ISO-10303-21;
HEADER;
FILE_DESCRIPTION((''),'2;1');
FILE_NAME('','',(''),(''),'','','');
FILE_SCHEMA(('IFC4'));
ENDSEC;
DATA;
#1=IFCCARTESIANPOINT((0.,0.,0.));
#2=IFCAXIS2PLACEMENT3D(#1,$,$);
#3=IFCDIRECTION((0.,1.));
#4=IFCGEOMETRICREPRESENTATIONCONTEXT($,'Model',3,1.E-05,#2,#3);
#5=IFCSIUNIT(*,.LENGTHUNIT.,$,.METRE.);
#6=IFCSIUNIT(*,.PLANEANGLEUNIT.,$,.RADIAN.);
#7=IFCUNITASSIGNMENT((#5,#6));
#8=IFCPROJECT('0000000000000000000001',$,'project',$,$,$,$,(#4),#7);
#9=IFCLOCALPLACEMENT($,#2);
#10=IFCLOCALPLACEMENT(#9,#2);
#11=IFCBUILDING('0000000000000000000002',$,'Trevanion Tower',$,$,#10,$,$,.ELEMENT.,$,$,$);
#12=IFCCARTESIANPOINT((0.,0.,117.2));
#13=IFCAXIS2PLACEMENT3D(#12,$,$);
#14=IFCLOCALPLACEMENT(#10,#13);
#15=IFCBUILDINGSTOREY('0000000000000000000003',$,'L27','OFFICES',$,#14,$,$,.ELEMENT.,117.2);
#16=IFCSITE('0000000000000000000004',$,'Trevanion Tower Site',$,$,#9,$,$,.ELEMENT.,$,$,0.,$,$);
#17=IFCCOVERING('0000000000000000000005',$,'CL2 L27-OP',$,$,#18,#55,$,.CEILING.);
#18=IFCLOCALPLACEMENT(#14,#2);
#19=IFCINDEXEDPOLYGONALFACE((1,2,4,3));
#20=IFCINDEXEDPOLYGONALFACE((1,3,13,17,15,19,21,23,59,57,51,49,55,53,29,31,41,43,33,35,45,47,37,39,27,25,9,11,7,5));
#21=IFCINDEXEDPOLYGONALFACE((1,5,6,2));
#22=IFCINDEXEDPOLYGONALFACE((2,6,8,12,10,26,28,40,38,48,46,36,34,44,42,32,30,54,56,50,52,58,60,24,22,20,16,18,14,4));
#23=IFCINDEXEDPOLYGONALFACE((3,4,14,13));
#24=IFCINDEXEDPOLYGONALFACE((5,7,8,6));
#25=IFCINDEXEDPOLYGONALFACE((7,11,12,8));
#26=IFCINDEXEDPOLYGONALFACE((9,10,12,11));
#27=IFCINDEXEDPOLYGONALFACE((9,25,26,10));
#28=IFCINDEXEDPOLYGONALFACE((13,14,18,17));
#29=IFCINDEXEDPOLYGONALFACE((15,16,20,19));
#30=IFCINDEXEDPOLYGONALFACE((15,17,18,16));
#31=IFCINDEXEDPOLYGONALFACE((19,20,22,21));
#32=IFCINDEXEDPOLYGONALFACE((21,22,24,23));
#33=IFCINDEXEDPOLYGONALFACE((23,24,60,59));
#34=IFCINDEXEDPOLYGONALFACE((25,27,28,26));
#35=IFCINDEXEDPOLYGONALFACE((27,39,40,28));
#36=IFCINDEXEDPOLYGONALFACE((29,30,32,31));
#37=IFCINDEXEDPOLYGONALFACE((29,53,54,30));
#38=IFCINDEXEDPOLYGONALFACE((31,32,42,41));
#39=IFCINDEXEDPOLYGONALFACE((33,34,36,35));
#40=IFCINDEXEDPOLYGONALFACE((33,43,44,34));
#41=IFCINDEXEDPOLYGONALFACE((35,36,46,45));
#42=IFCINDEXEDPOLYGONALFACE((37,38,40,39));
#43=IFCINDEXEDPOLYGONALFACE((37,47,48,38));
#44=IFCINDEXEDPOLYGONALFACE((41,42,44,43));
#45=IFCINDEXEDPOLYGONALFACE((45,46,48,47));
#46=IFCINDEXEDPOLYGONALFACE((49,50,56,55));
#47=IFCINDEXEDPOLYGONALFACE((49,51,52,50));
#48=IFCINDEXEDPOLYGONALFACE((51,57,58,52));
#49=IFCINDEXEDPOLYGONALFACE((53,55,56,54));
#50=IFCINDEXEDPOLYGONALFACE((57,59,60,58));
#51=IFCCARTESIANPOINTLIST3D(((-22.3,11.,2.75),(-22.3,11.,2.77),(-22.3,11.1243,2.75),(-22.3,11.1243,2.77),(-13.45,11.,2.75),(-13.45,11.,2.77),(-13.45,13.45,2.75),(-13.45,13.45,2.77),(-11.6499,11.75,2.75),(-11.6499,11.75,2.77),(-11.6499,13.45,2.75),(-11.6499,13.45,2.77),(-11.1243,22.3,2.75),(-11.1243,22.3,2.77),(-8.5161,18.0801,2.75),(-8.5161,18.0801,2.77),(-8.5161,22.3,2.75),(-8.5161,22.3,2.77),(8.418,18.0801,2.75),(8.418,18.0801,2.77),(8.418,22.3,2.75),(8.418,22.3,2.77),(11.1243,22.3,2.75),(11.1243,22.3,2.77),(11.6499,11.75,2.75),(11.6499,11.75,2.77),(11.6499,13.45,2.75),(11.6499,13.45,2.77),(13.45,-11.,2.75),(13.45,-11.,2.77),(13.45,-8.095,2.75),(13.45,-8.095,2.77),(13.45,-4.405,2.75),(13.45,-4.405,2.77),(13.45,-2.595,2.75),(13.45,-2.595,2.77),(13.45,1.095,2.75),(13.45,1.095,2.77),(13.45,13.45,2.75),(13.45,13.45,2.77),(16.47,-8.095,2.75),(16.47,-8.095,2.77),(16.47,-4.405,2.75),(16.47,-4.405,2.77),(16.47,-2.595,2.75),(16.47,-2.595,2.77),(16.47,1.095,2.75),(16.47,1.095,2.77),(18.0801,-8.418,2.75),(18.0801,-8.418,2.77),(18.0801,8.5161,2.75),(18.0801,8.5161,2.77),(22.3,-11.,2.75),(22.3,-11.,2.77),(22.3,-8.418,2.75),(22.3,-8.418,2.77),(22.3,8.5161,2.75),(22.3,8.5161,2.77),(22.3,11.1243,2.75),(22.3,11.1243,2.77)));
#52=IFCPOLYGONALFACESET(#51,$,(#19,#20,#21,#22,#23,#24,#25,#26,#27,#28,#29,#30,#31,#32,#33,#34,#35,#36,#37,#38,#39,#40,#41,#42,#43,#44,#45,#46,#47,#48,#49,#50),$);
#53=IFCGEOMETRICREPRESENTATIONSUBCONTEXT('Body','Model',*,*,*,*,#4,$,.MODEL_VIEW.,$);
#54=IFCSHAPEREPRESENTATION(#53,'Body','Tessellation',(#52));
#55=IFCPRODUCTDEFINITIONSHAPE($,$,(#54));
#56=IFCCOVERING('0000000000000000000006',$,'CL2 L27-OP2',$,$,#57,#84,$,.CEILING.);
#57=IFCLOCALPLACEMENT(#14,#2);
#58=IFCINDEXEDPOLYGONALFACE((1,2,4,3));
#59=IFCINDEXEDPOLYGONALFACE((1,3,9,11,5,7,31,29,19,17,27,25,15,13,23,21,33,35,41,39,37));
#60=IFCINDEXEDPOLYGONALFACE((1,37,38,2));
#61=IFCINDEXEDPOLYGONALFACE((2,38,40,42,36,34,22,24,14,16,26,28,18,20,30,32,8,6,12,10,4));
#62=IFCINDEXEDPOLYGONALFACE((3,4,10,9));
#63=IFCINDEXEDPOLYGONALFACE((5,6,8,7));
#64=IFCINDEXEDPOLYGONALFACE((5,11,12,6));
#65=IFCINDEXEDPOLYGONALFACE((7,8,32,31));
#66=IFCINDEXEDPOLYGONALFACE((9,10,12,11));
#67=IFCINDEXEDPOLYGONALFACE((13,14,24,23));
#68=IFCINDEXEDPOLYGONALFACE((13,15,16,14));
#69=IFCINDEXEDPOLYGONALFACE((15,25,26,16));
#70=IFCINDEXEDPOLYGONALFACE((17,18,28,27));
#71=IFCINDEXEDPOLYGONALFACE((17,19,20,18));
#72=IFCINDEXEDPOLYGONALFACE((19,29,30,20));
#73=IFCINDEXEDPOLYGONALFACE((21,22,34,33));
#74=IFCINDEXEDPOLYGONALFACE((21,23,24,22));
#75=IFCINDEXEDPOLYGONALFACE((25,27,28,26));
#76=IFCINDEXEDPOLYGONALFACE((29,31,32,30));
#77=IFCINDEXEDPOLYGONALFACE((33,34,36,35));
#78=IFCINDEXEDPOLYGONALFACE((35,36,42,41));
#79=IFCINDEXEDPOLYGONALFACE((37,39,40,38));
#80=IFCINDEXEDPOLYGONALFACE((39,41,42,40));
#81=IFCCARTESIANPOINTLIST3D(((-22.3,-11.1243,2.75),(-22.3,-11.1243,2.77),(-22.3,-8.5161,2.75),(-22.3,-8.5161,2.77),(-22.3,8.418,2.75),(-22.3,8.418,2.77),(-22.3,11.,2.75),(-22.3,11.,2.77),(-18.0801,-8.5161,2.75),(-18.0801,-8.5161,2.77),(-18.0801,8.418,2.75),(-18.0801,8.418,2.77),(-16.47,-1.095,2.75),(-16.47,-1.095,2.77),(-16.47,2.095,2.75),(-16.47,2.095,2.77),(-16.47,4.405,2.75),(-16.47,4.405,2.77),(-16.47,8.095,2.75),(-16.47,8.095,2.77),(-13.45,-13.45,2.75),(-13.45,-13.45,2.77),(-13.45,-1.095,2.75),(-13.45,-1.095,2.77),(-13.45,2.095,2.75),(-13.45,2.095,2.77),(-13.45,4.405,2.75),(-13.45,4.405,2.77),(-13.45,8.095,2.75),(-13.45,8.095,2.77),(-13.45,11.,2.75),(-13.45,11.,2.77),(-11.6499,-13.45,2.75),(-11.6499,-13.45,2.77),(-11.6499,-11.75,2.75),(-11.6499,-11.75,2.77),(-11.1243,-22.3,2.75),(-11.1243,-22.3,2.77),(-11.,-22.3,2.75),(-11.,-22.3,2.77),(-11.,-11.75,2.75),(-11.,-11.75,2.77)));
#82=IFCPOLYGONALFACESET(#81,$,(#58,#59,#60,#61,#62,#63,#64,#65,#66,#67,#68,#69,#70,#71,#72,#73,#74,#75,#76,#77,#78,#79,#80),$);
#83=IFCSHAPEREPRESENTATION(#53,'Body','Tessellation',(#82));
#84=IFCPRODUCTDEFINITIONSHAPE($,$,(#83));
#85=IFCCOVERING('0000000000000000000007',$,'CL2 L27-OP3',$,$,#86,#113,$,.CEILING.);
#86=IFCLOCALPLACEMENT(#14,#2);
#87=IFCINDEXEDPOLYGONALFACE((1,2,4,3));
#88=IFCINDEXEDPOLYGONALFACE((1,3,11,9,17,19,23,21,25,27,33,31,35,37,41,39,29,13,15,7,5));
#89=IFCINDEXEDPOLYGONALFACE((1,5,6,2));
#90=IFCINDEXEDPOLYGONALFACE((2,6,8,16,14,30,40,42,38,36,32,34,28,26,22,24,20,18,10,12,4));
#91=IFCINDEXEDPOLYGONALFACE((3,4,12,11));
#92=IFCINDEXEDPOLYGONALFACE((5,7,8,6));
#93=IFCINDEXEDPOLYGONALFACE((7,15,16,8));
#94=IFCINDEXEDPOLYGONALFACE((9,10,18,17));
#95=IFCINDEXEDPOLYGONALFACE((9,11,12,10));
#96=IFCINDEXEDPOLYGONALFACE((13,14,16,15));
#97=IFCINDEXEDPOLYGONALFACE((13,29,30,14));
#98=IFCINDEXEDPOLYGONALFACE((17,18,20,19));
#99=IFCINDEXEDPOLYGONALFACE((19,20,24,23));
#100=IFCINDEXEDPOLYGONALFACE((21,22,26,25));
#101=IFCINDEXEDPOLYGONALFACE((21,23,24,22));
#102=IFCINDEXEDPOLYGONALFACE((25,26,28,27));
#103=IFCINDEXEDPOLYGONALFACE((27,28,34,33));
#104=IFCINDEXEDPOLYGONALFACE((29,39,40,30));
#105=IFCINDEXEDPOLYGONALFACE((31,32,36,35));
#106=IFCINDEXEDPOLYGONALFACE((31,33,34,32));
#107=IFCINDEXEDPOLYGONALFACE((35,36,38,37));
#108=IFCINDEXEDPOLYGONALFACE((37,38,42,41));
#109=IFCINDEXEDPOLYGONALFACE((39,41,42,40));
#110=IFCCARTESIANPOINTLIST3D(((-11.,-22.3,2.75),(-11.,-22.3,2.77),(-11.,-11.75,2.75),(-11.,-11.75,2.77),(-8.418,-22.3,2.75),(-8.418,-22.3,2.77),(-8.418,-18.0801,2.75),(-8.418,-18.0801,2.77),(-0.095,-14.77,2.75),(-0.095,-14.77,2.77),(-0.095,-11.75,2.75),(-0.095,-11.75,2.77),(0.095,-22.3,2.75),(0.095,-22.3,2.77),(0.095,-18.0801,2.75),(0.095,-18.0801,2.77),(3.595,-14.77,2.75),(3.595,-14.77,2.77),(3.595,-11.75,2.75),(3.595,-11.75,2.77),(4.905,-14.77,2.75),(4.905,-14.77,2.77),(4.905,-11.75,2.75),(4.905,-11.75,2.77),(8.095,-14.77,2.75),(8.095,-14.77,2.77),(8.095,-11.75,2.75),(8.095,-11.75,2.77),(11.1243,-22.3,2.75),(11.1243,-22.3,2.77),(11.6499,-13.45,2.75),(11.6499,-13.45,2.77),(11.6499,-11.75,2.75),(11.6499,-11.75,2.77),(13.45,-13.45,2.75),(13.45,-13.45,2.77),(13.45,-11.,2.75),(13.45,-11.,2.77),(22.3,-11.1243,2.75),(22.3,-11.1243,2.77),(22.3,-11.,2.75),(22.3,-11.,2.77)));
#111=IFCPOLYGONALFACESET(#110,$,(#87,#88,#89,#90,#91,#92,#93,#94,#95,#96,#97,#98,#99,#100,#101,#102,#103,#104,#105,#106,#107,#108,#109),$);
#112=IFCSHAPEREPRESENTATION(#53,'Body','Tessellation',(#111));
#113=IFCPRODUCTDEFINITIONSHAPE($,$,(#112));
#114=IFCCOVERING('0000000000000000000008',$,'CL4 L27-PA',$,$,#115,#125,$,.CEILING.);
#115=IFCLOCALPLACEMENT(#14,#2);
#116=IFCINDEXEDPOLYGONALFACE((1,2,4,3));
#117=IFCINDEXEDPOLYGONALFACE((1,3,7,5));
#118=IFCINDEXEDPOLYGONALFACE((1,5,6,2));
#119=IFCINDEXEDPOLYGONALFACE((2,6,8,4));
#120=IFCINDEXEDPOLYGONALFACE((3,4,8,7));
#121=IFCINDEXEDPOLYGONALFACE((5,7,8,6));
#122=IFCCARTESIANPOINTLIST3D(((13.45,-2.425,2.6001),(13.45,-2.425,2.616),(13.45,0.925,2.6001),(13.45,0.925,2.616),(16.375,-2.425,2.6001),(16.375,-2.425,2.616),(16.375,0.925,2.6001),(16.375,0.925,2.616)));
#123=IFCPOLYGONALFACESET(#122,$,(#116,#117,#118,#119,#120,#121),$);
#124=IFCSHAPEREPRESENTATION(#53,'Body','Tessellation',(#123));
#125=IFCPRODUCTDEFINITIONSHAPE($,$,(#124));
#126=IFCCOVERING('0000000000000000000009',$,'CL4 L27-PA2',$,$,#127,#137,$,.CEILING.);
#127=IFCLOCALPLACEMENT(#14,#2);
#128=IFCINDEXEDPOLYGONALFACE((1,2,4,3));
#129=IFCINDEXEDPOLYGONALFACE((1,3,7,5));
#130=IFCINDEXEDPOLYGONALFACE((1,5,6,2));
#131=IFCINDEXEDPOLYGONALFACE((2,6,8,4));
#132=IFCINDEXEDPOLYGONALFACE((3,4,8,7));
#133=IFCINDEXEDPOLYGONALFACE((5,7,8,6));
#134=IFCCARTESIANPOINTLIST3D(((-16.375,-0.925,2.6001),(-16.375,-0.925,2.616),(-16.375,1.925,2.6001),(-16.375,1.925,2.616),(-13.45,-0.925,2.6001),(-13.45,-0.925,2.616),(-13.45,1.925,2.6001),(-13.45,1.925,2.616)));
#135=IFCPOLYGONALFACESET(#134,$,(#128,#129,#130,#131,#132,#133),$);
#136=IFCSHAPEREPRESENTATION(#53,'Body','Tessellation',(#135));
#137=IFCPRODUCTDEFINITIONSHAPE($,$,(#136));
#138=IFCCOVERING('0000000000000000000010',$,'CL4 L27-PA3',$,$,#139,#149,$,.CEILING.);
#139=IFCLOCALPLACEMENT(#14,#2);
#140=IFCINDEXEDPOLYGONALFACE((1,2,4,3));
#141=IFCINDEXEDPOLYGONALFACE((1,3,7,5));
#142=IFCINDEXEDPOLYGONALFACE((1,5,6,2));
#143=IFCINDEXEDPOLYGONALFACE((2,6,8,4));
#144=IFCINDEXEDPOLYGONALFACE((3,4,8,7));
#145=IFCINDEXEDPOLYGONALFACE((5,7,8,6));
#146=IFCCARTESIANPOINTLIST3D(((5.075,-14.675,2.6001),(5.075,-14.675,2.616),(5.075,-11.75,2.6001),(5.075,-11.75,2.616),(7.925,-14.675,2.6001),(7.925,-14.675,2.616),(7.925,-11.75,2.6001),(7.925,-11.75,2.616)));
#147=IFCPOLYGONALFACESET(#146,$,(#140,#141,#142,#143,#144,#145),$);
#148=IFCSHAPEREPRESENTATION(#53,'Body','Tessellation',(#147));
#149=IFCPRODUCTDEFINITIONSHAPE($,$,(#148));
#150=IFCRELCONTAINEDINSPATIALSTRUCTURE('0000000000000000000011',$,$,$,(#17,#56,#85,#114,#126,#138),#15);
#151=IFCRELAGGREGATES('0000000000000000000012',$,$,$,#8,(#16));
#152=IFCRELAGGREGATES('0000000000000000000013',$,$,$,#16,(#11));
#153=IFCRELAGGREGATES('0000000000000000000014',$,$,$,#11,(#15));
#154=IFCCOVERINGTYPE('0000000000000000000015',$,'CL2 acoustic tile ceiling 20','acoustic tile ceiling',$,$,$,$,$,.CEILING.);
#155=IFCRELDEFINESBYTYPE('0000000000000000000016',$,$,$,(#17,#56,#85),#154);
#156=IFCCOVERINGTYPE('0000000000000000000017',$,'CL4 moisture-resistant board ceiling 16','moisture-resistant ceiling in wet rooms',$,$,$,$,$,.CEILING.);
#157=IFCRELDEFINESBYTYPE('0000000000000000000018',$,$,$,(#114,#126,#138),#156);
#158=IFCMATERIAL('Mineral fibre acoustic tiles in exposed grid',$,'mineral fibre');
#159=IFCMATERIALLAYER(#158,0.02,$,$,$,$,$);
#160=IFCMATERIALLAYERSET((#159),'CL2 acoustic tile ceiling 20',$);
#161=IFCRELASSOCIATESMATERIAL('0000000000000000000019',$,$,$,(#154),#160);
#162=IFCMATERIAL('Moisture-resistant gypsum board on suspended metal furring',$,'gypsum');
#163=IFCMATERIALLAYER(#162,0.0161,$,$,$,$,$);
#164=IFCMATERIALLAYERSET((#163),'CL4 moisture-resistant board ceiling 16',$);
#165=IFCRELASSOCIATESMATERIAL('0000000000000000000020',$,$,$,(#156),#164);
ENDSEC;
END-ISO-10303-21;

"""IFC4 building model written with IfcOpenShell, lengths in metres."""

from ifc_helpers import new_model, si_unit, direction, frame, origin, place, context, subcontext, project, spatial, polyline, outline, extrude, material, layer, layer_set, type_object, element, save


model = new_model("IFC4")

# Units and contexts
model_context = context("Model", 3, precision=1e-05, world=origin(), true_north=direction((0.0, 1.0)))
body_context = subcontext(model_context, "Body", "Model", "MODEL_VIEW")
ifc_project = project(units=[si_unit("LENGTHUNIT", "METRE"), si_unit("PLANEANGLEUNIT", "RADIAN")], contexts=[model_context])

# Site, building, storey
site_placement = place(None, origin())
site = spatial("IfcSite", under=ifc_project, at=site_placement, Name="Trevanion Tower Site", CompositionType="ELEMENT", RefElevation=0.0)
building_placement = place(site_placement, origin())
building = spatial("IfcBuilding", under=site, at=building_placement, Name="Trevanion Tower", CompositionType="ELEMENT")
storey_placement = place(building_placement, frame((0.0, 0.0, 117.2)))
storey = spatial("IfcBuildingStorey", under=building, at=storey_placement, Name="L27", Description="OFFICES", CompositionType="ELEMENT", Elevation=117.2)

# Coverings
ifc_material_1 = material(Name="Mineral fibre acoustic tiles in exposed grid", Category="mineral fibre")
ifc_layer_1 = layer(ifc_material_1, 0.02)
ifc_layer_set_1 = layer_set([ifc_layer_1], Name="CL2 acoustic tile ceiling 20")
covering_type_1 = type_object("IfcCoveringType", Name="CL2 acoustic tile ceiling 20", Description="acoustic tile ceiling", PredefinedType="CEILING", material=ifc_layer_set_1)
covering_1_placement = place(storey_placement, frame((0.0, 0.0, 2.75)))
element("IfcCovering", 1, at=covering_1_placement, inside=storey, type_object=covering_type_1, Name="CL2 L27-OP", PredefinedType="CEILING", context=body_context, shape_type="SweptSolid", body=[
    extrude(outline(polyline([(11.6499, 13.45), (11.6499, 11.75), (-11.6499, 11.75), (-11.6499, 13.45), (-13.45, 13.45), (-13.45, 11.0), (-22.3, 11.0), (-22.3, 11.1243), (-11.1243, 22.3), (-8.5161, 22.3), (-8.5161, 18.0801), (8.418, 18.0801), (8.418, 22.3), (11.1243, 22.3), (22.3, 11.1243), (22.3, 8.5161), (18.0801, 8.5161), (18.0801, -8.418), (22.3, -8.418), (22.3, -11.0), (13.45, -11.0), (13.45, -8.095), (16.47, -8.095), (16.47, -4.405), (13.45, -4.405), (13.45, -2.595), (16.47, -2.595), (16.47, 1.095), (13.45, 1.095), (13.45, 13.45), (11.6499, 13.45)])), origin(), (0.0, 0.0, 1.0), 0.02),
])
covering_2_placement = place(storey_placement, frame((0.0, 0.0, 2.75)))
element("IfcCovering", 2, at=covering_2_placement, inside=storey, type_object=covering_type_1, Name="CL2 L27-OP2", PredefinedType="CEILING", context=body_context, shape_type="SweptSolid", body=[
    extrude(outline(polyline([(-13.45, 8.095), (-16.47, 8.095), (-16.47, 4.405), (-13.45, 4.405), (-13.45, 2.095), (-16.47, 2.095), (-16.47, -1.095), (-13.45, -1.095), (-13.45, -13.45), (-11.6499, -13.45), (-11.6499, -11.75), (-11.0, -11.75), (-11.0, -22.3), (-11.1243, -22.3), (-22.3, -11.1243), (-22.3, -8.5161), (-18.0801, -8.5161), (-18.0801, 8.418), (-22.3, 8.418), (-22.3, 11.0), (-13.45, 11.0), (-13.45, 8.095)])), origin(), (0.0, 0.0, 1.0), 0.02),
])
covering_3_placement = place(storey_placement, frame((0.0, 0.0, 2.75)))
element("IfcCovering", 3, at=covering_3_placement, inside=storey, type_object=covering_type_1, Name="CL2 L27-OP3", PredefinedType="CEILING", context=body_context, shape_type="SweptSolid", body=[
    extrude(outline(polyline([(-0.095, -11.75), (-0.095, -14.77), (3.595, -14.77), (3.595, -11.75), (4.905, -11.75), (4.905, -14.77), (8.095, -14.77), (8.095, -11.75), (11.6499, -11.75), (11.6499, -13.45), (13.45, -13.45), (13.45, -11.0), (22.3, -11.0), (22.3, -11.1243), (11.1243, -22.3), (0.095, -22.3), (0.095, -18.0801), (-8.418, -18.0801), (-8.418, -22.3), (-11.0, -22.3), (-11.0, -11.75), (-0.095, -11.75)])), origin(), (0.0, 0.0, 1.0), 0.02),
])
ifc_material_2 = material(Name="Moisture-resistant gypsum board on suspended metal furring", Category="gypsum")
ifc_layer_2 = layer(ifc_material_2, 0.0161)
ifc_layer_set_2 = layer_set([ifc_layer_2], Name="CL4 moisture-resistant board ceiling 16")
covering_type_2 = type_object("IfcCoveringType", Name="CL4 moisture-resistant board ceiling 16", Description="moisture-resistant ceiling in wet rooms", PredefinedType="CEILING", material=ifc_layer_set_2)
covering_4_placement = place(storey_placement, frame((0.0, 0.0, 2.6001)))
element("IfcCovering", 4, at=covering_4_placement, inside=storey, type_object=covering_type_2, Name="CL4 L27-PA", PredefinedType="CEILING", context=body_context, shape_type="SweptSolid", body=[
    extrude(outline(polyline([(13.45, -2.425), (13.45, 0.925), (16.375, 0.925), (16.375, -2.425), (13.45, -2.425)])), origin(), (0.0, 0.0, 1.0), 0.0159),
])
covering_5_placement = place(storey_placement, frame((0.0, 0.0, 2.6001)))
element("IfcCovering", 5, at=covering_5_placement, inside=storey, type_object=covering_type_2, Name="CL4 L27-PA2", PredefinedType="CEILING", context=body_context, shape_type="SweptSolid", body=[
    extrude(outline(polyline([(-13.45, 1.925), (-13.45, -0.925), (-16.375, -0.925), (-16.375, 1.925), (-13.45, 1.925)])), origin(), (0.0, 0.0, 1.0), 0.0159),
])
covering_6_placement = place(storey_placement, frame((0.0, 0.0, 2.6001)))
element("IfcCovering", 6, at=covering_6_placement, inside=storey, type_object=covering_type_2, Name="CL4 L27-PA3", PredefinedType="CEILING", context=body_context, shape_type="SweptSolid", body=[
    extrude(outline(polyline([(7.925, -14.675), (5.075, -14.675), (5.075, -11.75), (7.925, -11.75), (7.925, -14.675)])), origin(), (0.0, 0.0, 1.0), 0.0159),
])

save(model, "model.ifc")
